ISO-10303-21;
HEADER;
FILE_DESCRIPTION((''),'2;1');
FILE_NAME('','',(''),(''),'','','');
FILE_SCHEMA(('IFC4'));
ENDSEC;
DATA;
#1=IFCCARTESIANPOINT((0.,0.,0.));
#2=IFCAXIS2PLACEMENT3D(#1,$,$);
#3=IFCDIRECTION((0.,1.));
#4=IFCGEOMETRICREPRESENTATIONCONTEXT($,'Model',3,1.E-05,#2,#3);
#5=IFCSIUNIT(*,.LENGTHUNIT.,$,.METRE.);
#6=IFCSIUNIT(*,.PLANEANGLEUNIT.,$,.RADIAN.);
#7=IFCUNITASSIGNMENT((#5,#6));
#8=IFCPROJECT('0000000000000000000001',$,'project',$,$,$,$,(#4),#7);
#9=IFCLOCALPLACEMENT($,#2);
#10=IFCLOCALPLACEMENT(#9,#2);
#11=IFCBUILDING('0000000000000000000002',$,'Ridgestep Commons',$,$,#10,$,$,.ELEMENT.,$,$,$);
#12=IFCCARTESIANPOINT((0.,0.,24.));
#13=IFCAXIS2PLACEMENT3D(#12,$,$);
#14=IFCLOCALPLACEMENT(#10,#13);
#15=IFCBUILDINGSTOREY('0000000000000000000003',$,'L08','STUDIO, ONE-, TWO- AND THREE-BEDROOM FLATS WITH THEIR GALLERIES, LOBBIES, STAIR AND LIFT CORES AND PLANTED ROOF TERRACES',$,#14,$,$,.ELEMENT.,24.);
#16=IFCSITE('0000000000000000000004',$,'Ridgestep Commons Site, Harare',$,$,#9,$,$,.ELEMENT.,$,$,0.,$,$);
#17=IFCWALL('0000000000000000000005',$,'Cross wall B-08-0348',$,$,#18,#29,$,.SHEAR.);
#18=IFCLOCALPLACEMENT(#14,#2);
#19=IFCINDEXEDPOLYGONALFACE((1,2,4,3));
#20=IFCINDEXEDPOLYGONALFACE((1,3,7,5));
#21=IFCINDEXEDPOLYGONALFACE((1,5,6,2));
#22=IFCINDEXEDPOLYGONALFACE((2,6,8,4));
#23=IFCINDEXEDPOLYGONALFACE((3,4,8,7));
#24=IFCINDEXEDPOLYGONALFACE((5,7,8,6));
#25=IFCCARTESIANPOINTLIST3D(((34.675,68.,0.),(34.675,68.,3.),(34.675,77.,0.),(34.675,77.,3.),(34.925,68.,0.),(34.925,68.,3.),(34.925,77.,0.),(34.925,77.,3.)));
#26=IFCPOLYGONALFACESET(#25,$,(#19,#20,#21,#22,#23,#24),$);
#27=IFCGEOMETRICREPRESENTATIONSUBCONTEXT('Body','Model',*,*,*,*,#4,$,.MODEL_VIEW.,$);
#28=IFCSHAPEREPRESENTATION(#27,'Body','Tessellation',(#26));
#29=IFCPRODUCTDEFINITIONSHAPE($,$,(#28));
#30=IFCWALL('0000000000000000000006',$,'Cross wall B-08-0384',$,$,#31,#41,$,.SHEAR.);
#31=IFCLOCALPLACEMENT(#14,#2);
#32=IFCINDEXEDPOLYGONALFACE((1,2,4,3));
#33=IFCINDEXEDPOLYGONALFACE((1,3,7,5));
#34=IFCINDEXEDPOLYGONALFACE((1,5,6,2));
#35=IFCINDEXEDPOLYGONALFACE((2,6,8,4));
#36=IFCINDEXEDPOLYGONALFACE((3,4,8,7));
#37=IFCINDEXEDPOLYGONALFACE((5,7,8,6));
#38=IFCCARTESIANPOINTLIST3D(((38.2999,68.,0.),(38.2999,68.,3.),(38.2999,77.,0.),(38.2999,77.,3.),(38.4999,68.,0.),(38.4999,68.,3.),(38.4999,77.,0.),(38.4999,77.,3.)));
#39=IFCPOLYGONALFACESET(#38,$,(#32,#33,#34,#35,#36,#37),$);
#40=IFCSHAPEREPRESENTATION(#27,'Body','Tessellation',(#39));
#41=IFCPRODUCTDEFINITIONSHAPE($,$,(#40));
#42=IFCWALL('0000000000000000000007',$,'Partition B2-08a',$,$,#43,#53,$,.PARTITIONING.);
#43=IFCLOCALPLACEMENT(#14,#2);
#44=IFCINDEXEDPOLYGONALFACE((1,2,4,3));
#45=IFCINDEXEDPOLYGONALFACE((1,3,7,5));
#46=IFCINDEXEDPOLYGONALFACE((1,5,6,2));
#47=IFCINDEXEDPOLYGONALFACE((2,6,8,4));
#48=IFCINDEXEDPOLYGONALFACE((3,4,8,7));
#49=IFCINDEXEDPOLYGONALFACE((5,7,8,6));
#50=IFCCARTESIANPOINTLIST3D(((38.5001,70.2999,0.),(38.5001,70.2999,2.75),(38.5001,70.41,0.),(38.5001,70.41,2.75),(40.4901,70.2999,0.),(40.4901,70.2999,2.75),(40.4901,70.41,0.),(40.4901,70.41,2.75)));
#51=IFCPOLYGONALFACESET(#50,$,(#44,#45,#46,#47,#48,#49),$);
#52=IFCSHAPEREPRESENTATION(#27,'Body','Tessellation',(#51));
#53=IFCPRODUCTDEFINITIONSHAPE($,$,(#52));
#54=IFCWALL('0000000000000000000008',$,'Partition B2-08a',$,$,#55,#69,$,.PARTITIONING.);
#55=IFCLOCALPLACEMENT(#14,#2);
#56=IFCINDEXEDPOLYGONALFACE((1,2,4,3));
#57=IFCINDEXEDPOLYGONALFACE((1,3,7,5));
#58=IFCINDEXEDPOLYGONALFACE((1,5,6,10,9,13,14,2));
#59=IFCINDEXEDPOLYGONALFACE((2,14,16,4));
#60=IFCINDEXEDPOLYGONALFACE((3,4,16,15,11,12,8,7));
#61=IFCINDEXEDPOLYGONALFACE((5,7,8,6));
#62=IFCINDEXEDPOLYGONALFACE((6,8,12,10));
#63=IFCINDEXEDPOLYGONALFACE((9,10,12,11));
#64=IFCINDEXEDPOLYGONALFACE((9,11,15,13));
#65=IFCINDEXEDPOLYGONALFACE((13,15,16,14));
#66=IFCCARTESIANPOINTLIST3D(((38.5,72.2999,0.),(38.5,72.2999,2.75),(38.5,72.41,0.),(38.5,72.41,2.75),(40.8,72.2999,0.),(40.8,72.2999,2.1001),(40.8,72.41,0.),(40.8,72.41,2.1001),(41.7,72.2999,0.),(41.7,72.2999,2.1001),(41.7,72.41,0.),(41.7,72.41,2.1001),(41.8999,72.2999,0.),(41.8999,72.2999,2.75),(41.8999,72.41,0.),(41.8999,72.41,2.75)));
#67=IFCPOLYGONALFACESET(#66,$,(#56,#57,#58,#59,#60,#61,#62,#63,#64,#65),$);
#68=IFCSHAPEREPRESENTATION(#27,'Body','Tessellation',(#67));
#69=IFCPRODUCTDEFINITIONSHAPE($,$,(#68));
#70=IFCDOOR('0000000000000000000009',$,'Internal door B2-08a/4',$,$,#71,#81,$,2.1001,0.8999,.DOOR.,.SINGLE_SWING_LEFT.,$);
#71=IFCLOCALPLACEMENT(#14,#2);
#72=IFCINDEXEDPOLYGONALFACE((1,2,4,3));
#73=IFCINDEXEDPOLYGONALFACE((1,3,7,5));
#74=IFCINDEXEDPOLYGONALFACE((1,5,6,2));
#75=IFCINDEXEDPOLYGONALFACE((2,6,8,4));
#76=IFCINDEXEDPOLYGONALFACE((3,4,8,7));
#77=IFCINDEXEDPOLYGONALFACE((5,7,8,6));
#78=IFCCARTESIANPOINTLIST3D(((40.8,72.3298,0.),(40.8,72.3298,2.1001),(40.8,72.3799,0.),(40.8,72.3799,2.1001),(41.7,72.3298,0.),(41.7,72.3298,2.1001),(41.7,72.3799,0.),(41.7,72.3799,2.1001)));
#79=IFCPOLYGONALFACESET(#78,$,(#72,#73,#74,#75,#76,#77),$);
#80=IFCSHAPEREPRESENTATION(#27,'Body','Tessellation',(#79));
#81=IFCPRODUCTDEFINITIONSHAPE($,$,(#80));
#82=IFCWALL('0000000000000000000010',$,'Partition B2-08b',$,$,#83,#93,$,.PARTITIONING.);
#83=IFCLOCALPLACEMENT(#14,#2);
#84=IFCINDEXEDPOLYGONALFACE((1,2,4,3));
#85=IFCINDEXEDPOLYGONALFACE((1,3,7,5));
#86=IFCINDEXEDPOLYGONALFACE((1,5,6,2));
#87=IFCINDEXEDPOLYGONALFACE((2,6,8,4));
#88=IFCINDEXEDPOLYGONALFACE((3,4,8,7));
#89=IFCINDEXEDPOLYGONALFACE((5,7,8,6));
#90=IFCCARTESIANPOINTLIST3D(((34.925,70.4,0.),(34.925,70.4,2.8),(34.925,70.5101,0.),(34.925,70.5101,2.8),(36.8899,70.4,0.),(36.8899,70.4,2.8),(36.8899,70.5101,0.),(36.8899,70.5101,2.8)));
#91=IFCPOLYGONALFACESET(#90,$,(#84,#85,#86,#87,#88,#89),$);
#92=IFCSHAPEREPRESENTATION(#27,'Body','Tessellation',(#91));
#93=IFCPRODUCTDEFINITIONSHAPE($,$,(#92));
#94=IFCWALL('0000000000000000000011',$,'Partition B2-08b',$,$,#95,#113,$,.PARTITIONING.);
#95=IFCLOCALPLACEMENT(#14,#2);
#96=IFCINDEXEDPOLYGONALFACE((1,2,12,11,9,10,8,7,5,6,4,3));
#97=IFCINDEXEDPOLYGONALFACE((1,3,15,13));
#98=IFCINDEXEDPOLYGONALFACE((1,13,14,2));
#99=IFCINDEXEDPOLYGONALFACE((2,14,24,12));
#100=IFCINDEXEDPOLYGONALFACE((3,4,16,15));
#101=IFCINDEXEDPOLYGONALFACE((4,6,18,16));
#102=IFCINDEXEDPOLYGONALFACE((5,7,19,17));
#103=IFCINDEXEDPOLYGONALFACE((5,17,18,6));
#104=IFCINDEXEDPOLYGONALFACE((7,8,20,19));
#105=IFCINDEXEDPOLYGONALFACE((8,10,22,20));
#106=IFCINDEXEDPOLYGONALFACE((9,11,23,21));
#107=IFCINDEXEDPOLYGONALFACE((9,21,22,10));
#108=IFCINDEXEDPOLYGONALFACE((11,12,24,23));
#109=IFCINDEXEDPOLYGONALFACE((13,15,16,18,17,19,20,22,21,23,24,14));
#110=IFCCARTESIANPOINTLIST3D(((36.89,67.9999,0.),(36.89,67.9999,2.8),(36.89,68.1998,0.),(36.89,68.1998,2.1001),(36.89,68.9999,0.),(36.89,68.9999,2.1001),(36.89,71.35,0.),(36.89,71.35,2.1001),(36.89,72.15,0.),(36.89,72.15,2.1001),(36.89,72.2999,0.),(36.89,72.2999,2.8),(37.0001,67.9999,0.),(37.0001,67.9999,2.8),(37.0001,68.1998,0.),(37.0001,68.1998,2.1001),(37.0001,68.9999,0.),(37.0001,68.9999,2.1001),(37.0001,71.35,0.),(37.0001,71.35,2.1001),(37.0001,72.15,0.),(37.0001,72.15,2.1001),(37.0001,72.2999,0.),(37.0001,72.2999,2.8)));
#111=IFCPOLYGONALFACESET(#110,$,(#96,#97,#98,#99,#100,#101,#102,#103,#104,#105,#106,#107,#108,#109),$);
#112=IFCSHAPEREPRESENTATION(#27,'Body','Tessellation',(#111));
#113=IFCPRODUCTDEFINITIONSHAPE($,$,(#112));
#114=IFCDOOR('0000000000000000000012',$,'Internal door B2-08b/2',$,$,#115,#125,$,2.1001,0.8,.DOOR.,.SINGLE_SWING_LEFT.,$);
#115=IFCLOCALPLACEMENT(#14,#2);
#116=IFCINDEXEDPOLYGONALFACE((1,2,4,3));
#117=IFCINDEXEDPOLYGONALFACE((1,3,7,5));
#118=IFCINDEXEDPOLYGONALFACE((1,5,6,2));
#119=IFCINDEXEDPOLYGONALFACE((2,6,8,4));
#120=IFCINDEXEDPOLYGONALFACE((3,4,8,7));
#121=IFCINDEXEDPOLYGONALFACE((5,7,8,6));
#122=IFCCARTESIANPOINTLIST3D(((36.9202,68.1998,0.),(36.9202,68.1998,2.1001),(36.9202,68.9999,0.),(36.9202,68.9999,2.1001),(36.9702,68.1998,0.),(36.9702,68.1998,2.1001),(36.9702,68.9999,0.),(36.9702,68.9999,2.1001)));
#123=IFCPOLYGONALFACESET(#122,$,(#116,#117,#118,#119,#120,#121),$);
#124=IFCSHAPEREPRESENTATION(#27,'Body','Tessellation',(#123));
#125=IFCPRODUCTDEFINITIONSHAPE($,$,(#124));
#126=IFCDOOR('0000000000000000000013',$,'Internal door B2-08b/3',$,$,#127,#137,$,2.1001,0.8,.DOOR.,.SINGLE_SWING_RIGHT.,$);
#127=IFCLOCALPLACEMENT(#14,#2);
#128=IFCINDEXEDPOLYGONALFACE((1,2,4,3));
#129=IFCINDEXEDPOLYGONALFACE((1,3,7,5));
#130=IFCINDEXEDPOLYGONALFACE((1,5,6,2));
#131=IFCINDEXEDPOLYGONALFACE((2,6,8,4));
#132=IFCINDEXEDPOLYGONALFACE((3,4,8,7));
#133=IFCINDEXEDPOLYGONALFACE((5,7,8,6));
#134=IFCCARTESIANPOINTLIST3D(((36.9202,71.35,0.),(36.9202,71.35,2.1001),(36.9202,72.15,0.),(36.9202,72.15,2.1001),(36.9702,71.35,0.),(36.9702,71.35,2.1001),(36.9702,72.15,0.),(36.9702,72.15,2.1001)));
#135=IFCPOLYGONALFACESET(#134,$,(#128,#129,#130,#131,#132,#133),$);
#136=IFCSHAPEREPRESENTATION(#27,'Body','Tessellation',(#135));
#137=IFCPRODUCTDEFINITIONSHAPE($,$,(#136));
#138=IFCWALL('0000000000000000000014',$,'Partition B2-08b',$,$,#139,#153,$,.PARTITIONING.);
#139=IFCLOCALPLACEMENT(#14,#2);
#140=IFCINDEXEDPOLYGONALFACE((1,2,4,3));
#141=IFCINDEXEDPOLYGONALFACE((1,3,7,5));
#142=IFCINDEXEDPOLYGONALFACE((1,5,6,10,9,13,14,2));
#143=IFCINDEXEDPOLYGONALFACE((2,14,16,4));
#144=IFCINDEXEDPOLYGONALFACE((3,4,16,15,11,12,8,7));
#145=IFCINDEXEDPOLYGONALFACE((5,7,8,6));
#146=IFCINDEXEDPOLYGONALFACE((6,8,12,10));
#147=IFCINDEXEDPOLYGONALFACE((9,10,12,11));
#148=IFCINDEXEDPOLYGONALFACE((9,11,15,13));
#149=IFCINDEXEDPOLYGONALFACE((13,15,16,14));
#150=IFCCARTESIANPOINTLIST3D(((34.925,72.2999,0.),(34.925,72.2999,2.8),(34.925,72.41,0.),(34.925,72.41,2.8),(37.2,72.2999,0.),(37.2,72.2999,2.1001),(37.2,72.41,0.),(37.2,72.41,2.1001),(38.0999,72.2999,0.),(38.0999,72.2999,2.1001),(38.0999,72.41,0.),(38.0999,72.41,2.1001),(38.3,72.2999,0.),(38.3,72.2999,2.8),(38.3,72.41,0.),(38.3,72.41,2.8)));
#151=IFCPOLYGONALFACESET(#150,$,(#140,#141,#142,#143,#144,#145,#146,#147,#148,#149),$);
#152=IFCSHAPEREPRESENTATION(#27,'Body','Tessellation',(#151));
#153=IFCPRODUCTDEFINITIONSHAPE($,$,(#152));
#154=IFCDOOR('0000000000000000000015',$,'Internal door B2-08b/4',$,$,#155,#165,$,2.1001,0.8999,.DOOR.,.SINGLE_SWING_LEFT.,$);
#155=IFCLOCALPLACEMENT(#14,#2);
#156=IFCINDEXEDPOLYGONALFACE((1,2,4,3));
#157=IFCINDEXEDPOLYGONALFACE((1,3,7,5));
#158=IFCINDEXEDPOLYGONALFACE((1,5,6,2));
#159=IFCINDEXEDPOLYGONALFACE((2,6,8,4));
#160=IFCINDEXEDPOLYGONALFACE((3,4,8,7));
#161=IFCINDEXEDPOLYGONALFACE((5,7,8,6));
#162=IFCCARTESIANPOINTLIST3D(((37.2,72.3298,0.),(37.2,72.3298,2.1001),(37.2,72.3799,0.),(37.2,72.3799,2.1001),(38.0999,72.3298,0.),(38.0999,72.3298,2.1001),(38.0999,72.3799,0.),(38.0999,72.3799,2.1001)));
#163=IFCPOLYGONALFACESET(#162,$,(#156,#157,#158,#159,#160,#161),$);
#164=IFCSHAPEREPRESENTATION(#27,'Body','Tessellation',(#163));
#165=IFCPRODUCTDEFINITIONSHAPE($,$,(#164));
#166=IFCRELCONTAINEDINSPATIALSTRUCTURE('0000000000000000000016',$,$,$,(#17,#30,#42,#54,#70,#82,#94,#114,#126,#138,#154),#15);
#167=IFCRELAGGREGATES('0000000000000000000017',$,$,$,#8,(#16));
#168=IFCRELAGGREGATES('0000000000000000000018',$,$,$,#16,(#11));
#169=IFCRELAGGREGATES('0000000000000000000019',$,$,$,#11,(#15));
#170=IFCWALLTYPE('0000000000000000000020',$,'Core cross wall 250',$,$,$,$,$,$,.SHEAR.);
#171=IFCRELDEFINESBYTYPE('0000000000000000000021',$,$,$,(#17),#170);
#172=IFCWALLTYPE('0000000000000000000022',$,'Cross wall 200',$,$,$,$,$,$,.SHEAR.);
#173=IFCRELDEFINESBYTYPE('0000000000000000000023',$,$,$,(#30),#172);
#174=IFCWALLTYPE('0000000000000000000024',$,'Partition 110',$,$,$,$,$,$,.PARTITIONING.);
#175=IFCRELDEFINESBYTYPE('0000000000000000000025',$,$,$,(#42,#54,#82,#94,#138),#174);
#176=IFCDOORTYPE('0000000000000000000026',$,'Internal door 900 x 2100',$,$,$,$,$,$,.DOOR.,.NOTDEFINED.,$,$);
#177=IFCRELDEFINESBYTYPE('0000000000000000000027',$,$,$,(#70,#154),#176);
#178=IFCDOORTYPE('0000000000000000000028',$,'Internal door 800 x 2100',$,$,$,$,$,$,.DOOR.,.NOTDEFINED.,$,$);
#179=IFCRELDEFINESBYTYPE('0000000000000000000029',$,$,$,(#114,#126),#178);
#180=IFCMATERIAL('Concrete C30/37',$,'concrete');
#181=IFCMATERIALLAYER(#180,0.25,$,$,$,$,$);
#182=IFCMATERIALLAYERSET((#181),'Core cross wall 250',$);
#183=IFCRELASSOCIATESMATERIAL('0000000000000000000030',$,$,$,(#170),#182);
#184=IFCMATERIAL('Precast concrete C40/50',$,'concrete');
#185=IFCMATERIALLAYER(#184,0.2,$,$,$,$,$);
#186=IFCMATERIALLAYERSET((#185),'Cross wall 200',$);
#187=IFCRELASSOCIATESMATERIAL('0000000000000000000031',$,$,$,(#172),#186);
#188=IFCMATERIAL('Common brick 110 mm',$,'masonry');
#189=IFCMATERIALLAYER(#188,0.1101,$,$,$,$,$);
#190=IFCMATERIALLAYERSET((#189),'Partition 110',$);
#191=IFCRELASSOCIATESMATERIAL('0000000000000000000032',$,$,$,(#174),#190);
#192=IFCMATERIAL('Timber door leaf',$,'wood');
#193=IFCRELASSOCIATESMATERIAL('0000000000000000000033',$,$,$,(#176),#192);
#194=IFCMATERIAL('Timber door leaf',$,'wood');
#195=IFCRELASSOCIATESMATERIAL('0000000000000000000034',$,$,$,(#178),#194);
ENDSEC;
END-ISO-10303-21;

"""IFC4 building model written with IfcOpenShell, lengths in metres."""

from ifc_helpers import new_model, si_unit, direction, frame, frame_2d, origin, place, context, subcontext, project, spatial, rectangle, extrude, material, layer, layer_set, type_object, element, fill, save


model = new_model("IFC4")

# Units and contexts
model_context = context("Model", 3, precision=1e-05, world=origin(), true_north=direction((0.0, 1.0)))
body_context = subcontext(model_context, "Body", "Model", "MODEL_VIEW")
ifc_project = project(units=[si_unit("LENGTHUNIT", "METRE"), si_unit("PLANEANGLEUNIT", "RADIAN")], contexts=[model_context])

# Site, building, storey
site_placement = place(None, origin())
site = spatial("IfcSite", under=ifc_project, at=site_placement, Name="Ridgestep Commons Site, Harare", CompositionType="ELEMENT", RefElevation=0.0)
building_placement = place(site_placement, origin())
building = spatial("IfcBuilding", under=site, at=building_placement, Name="Ridgestep Commons", CompositionType="ELEMENT")
storey_placement = place(building_placement, frame((0.0, 0.0, 24.0)))
storey = spatial("IfcBuildingStorey", under=building, at=storey_placement, Name="L08", Description="STUDIO, ONE-, TWO- AND THREE-BEDROOM FLATS WITH THEIR GALLERIES, LOBBIES, STAIR AND LIFT CORES AND PLANTED ROOF TERRACES", CompositionType="ELEMENT", Elevation=24.0)

# Walls
ifc_material_1 = material(Name="Concrete C30/37", Category="concrete")
ifc_layer_1 = layer(ifc_material_1, 0.25)
ifc_layer_set_1 = layer_set([ifc_layer_1], Name="Core cross wall 250")
wall_type_1 = type_object("IfcWallType", Name="Core cross wall 250", PredefinedType="SHEAR", material=ifc_layer_set_1)
wall_1_placement = place(storey_placement, frame((34.8, 68.0, 0.0), z_axis=(0.0, 0.0, 1.0), x_axis=(0.0, 1.0, 0.0)))
element("IfcWall", 1, at=wall_1_placement, inside=storey, type_object=wall_type_1, Name="Cross wall B-08-0348", PredefinedType="SHEAR", context=body_context, shape_type="SweptSolid", body=[
    extrude(rectangle(XDim=9.0, YDim=0.25, at=frame_2d((4.5, 0.0))), origin(), (0.0, 0.0, 1.0), 3.0),
])
ifc_material_2 = material(Name="Precast concrete C40/50", Category="concrete")
ifc_layer_2 = layer(ifc_material_2, 0.2)
ifc_layer_set_2 = layer_set([ifc_layer_2], Name="Cross wall 200")
wall_type_2 = type_object("IfcWallType", Name="Cross wall 200", PredefinedType="SHEAR", material=ifc_layer_set_2)
wall_2_placement = place(storey_placement, frame((38.3999, 68.0, 0.0), z_axis=(0.0, 0.0, 1.0), x_axis=(0.0, 1.0, 0.0)))
element("IfcWall", 2, at=wall_2_placement, inside=storey, type_object=wall_type_2, Name="Cross wall B-08-0384", PredefinedType="SHEAR", context=body_context, shape_type="SweptSolid", body=[
    extrude(rectangle(XDim=9.0, YDim=0.2, at=frame_2d((4.5, 0.0))), origin(), (0.0, 0.0, 1.0), 3.0),
])
ifc_material_3 = material(Name="Common brick 110 mm", Category="masonry")
ifc_layer_3 = layer(ifc_material_3, 0.1101)
ifc_layer_set_3 = layer_set([ifc_layer_3], Name="Partition 110")
wall_type_3 = type_object("IfcWallType", Name="Partition 110", PredefinedType="PARTITIONING", material=ifc_layer_set_3)
wall_3_placement = place(storey_placement, frame((38.5, 70.355, 0.0), z_axis=(0.0, 0.0, 1.0), x_axis=(1.0, 0.0, 0.0)))
element("IfcWall", 3, at=wall_3_placement, inside=storey, type_object=wall_type_3, Name="Partition B2-08a", PredefinedType="PARTITIONING", context=body_context, shape_type="SweptSolid", body=[
    extrude(rectangle(XDim=1.99, YDim=0.1101, at=frame_2d((0.9951, 0.0))), origin(), (0.0, 0.0, 1.0), 2.75),
])

# Wall, opening, door
wall_4_placement = place(storey_placement, frame((38.5, 72.355, 0.0), z_axis=(0.0, 0.0, 1.0), x_axis=(1.0, 0.0, 0.0)))
wall_4 = element("IfcWall", 4, at=wall_4_placement, inside=storey, type_object=wall_type_3, Name="Partition B2-08a", PredefinedType="PARTITIONING", context=body_context, shape_type="SweptSolid", body=[
    extrude(rectangle(XDim=3.3999, YDim=0.1101, at=frame_2d((1.7, 0.0))), origin(), (0.0, 0.0, 1.0), 2.75),
])
opening_1_placement = place(wall_4_placement, frame((2.3, 0.0, 0.0)))
opening_1 = element("IfcOpeningElement", 5, at=opening_1_placement, cuts=wall_4, PredefinedType="OPENING", context=body_context, shape_type="SweptSolid", body=[
    extrude(rectangle(XDim=0.8999, YDim=2.1001, at=frame_2d((0.45, 1.05))), frame((0.0, 0.0649, 0.0), z_axis=(0.0, -1.0, 0.0), x_axis=(1.0, 0.0, 0.0)), (0.0, 0.0, 1.0), 0.1301),
])
ifc_material_4 = material(Name="Timber door leaf", Category="wood")
door_type_1 = type_object("IfcDoorType", Name="Internal door 900 x 2100", OperationType="NOTDEFINED", PredefinedType="DOOR", material=ifc_material_4)
door_1_placement = place(opening_1_placement, origin())
door_1 = element("IfcDoor", 6, at=door_1_placement, inside=storey, type_object=door_type_1, Name="Internal door B2-08a/4", OperationType="SINGLE_SWING_LEFT", OverallHeight=2.1001, OverallWidth=0.8999, PredefinedType="DOOR", context=body_context, shape_type="SweptSolid", body=[
    extrude(rectangle(XDim=0.8999, YDim=2.1001, at=frame_2d((0.45, 1.05))), frame((0.0, 0.0249, 0.0), z_axis=(0.0, -1.0, 0.0), x_axis=(1.0, 0.0, 0.0)), (0.0, 0.0, 1.0), 0.05),
])
fill(opening_1, door_1)

# Wall
wall_5_placement = place(storey_placement, frame((34.925, 70.4551, 0.0), z_axis=(0.0, 0.0, 1.0), x_axis=(1.0, 0.0, 0.0)))
element("IfcWall", 7, at=wall_5_placement, inside=storey, type_object=wall_type_3, Name="Partition B2-08b", PredefinedType="PARTITIONING", context=body_context, shape_type="SweptSolid", body=[
    extrude(rectangle(XDim=1.9648, YDim=0.1101, at=frame_2d((0.9824, 0.0))), origin(), (0.0, 0.0, 1.0), 2.8),
])

# Wall, openings, doors
wall_6_placement = place(storey_placement, frame((36.9451, 68.0, 0.0), z_axis=(0.0, 0.0, 1.0), x_axis=(0.0, 1.0, 0.0)))
wall_6 = element("IfcWall", 8, at=wall_6_placement, inside=storey, type_object=wall_type_3, Name="Partition B2-08b", PredefinedType="PARTITIONING", context=body_context, shape_type="SweptSolid", body=[
    extrude(rectangle(XDim=4.3, YDim=0.1101, at=frame_2d((2.1499, 0.0))), origin(), (0.0, 0.0, 1.0), 2.8),
])
opening_2_placement = place(wall_6_placement, frame((0.2, 0.0, 0.0)))
opening_2 = element("IfcOpeningElement", 9, at=opening_2_placement, cuts=wall_6, PredefinedType="OPENING", context=body_context, shape_type="SweptSolid", body=[
    extrude(rectangle(XDim=0.8, YDim=2.1001, at=frame_2d((0.3999, 1.05))), frame((0.0, 0.0649, 0.0), z_axis=(0.0, -1.0, 0.0), x_axis=(1.0, 0.0, 0.0)), (0.0, 0.0, 1.0), 0.1301),
])
opening_3_placement = place(wall_6_placement, frame((3.3501, 0.0, 0.0)))
opening_3 = element("IfcOpeningElement", 10, at=opening_3_placement, cuts=wall_6, PredefinedType="OPENING", context=body_context, shape_type="SweptSolid", body=[
    extrude(rectangle(XDim=0.8, YDim=2.1001, at=frame_2d((0.3999, 1.05))), frame((0.0, 0.0649, 0.0), z_axis=(0.0, -1.0, 0.0), x_axis=(1.0, 0.0, 0.0)), (0.0, 0.0, 1.0), 0.1301),
])
ifc_material_5 = material(Name="Timber door leaf", Category="wood")
door_type_2 = type_object("IfcDoorType", Name="Internal door 800 x 2100", OperationType="NOTDEFINED", PredefinedType="DOOR", material=ifc_material_5)
door_2_placement = place(opening_2_placement, origin())
door_2 = element("IfcDoor", 11, at=door_2_placement, inside=storey, type_object=door_type_2, Name="Internal door B2-08b/2", OperationType="SINGLE_SWING_LEFT", OverallHeight=2.1001, OverallWidth=0.8, PredefinedType="DOOR", context=body_context, shape_type="SweptSolid", body=[
    extrude(rectangle(XDim=0.8, YDim=2.1001, at=frame_2d((0.3999, 1.05))), frame((0.0, 0.0249, 0.0), z_axis=(0.0, -1.0, 0.0), x_axis=(1.0, 0.0, 0.0)), (0.0, 0.0, 1.0), 0.05),
])
fill(opening_2, door_2)
door_3_placement = place(opening_3_placement, origin())
door_3 = element("IfcDoor", 12, at=door_3_placement, inside=storey, type_object=door_type_2, Name="Internal door B2-08b/3", OperationType="SINGLE_SWING_RIGHT", OverallHeight=2.1001, OverallWidth=0.8, PredefinedType="DOOR", context=body_context, shape_type="SweptSolid", body=[
    extrude(rectangle(XDim=0.8, YDim=2.1001, at=frame_2d((0.3999, 1.05))), frame((0.0, 0.0249, 0.0), z_axis=(0.0, -1.0, 0.0), x_axis=(1.0, 0.0, 0.0)), (0.0, 0.0, 1.0), 0.05),
])
fill(opening_3, door_3)

# Wall, opening, door
wall_7_placement = place(storey_placement, frame((34.925, 72.355, 0.0), z_axis=(0.0, 0.0, 1.0), x_axis=(1.0, 0.0, 0.0)))
wall_7 = element("IfcWall", 13, at=wall_7_placement, inside=storey, type_object=wall_type_3, Name="Partition B2-08b", PredefinedType="PARTITIONING", context=body_context, shape_type="SweptSolid", body=[
    extrude(rectangle(XDim=3.375, YDim=0.1101, at=frame_2d((1.6875, 0.0))), origin(), (0.0, 0.0, 1.0), 2.8),
])
opening_4_placement = place(wall_7_placement, frame((2.2749, 0.0, 0.0)))
opening_4 = element("IfcOpeningElement", 14, at=opening_4_placement, cuts=wall_7, PredefinedType="OPENING", context=body_context, shape_type="SweptSolid", body=[
    extrude(rectangle(XDim=0.8999, YDim=2.1001, at=frame_2d((0.45, 1.05))), frame((0.0, 0.0649, 0.0), z_axis=(0.0, -1.0, 0.0), x_axis=(1.0, 0.0, 0.0)), (0.0, 0.0, 1.0), 0.1301),
])
door_4_placement = place(opening_4_placement, origin())
door_4 = element("IfcDoor", 15, at=door_4_placement, inside=storey, type_object=door_type_1, Name="Internal door B2-08b/4", OperationType="SINGLE_SWING_LEFT", OverallHeight=2.1001, OverallWidth=0.8999, PredefinedType="DOOR", context=body_context, shape_type="SweptSolid", body=[
    extrude(rectangle(XDim=0.8999, YDim=2.1001, at=frame_2d((0.45, 1.05))), frame((0.0, 0.0249, 0.0), z_axis=(0.0, -1.0, 0.0), x_axis=(1.0, 0.0, 0.0)), (0.0, 0.0, 1.0), 0.05),
])
fill(opening_4, door_4)

save(model, "model.ifc")
